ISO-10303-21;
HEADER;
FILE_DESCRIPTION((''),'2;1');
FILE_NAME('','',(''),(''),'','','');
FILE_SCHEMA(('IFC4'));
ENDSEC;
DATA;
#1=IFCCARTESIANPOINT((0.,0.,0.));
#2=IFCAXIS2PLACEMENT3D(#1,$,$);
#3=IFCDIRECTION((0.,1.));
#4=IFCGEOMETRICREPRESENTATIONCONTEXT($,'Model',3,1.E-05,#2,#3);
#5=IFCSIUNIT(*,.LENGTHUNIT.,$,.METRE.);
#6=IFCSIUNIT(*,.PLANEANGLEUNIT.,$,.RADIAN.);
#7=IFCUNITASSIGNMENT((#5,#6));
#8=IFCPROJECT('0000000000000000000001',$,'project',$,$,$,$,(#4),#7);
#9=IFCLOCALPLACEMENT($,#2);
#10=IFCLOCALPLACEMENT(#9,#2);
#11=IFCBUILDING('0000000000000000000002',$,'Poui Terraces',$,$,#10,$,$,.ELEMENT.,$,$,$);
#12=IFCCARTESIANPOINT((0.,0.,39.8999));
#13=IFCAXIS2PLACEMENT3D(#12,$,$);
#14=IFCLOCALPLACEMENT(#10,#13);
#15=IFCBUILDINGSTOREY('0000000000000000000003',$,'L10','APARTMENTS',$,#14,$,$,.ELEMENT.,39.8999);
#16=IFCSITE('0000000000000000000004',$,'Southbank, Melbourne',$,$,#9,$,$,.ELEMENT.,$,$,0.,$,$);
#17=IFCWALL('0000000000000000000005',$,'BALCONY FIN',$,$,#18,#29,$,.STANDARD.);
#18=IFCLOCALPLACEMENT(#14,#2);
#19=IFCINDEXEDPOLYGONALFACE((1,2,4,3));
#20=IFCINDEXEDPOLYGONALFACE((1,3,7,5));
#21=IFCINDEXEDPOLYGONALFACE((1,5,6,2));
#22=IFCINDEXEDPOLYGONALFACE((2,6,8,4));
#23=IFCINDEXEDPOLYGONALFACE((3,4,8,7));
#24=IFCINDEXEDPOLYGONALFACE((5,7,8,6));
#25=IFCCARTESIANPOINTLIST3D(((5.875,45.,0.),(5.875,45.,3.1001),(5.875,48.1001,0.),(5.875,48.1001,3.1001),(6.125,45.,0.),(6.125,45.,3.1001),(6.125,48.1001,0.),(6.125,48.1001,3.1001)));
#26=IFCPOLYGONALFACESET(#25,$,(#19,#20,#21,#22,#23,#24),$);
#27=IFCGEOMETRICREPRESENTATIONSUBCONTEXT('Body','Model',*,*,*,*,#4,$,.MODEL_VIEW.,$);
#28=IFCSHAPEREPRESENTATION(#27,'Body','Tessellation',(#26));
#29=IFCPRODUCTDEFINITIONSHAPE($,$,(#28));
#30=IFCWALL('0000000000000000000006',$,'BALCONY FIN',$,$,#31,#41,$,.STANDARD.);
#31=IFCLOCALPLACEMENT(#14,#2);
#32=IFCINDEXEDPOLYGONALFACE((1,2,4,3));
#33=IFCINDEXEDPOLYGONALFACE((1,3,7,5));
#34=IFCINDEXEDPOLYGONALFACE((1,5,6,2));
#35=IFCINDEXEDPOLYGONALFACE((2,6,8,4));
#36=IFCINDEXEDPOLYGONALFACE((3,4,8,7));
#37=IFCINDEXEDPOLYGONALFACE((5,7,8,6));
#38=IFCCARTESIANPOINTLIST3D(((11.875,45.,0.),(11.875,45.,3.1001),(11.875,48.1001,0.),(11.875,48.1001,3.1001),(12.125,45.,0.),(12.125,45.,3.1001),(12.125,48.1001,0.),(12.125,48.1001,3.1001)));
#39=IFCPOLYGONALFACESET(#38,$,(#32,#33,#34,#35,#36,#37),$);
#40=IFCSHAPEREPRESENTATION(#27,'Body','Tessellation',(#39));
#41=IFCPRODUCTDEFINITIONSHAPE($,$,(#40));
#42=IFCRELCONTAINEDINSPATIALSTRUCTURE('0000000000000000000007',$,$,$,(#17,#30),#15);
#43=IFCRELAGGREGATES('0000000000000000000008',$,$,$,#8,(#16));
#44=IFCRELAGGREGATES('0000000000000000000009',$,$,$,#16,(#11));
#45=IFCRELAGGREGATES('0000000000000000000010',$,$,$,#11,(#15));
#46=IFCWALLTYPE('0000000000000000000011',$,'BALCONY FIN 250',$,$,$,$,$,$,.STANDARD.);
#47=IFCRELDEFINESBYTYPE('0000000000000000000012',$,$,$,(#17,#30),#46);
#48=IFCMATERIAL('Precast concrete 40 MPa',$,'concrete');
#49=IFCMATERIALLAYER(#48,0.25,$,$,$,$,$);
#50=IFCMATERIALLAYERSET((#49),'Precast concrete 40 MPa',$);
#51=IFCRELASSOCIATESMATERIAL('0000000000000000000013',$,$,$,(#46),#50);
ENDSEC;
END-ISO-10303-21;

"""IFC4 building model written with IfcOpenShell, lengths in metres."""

from ifc_helpers import new_model, si_unit, direction, frame, origin, place, context, subcontext, project, spatial, polyline, outline, extrude, source, transform, mapped, material, layer, layer_set, type_object, element, save


model = new_model("IFC4")

# Units and contexts
model_context = context("Model", 3, precision=1e-05, world=origin(), true_north=direction((0.0, 1.0)))
body_context = subcontext(model_context, "Body", "Model", "MODEL_VIEW")
ifc_project = project(units=[si_unit("LENGTHUNIT", "METRE"), si_unit("PLANEANGLEUNIT", "RADIAN")], contexts=[model_context])

# Site, building, storey
site_placement = place(None, origin())
site = spatial("IfcSite", under=ifc_project, at=site_placement, Name="Southbank, Melbourne", CompositionType="ELEMENT", RefElevation=0.0)
building_placement = place(site_placement, origin())
building = spatial("IfcBuilding", under=site, at=building_placement, Name="Poui Terraces", CompositionType="ELEMENT")
storey_placement = place(building_placement, frame((0.0, 0.0, 39.8999)))
storey = spatial("IfcBuildingStorey", under=building, at=storey_placement, Name="L10", Description="APARTMENTS", CompositionType="ELEMENT", Elevation=39.8999)

# Walls
ifc_material_1 = material(Name="Precast concrete 40 MPa", Category="concrete")
ifc_layer_1 = layer(ifc_material_1, 0.25)
ifc_layer_set_1 = layer_set([ifc_layer_1], Name="Precast concrete 40 MPa")
wall_type_1 = type_object("IfcWallType", Name="BALCONY FIN 250", PredefinedType="STANDARD", material=ifc_layer_set_1)
shared_shape_1 = source(origin(), body_context, "Body", "SweptSolid", [
    extrude(outline(polyline([(0.0, 0.0), (0.25, 0.0), (0.25, 3.1001), (0.0, 3.1001), (0.0, 0.0)])), origin(), (0.0, 0.0, 1.0), 3.1001),
])
for number, where, name in (
    (1, (5.875, 45.0, 0.0), "BALCONY FIN"),
    (2, (11.875, 45.0, 0.0), "BALCONY FIN"),
):
    element("IfcWall", number, at=place(storey_placement, frame(where)), inside=storey, type_object=wall_type_1, Name=name, PredefinedType="STANDARD", context=body_context, shape_type="MappedRepresentation", body=[
        mapped(shared_shape_1, transform((0.0, 0.0, 0.0))),
    ])

save(model, "model.ifc")
